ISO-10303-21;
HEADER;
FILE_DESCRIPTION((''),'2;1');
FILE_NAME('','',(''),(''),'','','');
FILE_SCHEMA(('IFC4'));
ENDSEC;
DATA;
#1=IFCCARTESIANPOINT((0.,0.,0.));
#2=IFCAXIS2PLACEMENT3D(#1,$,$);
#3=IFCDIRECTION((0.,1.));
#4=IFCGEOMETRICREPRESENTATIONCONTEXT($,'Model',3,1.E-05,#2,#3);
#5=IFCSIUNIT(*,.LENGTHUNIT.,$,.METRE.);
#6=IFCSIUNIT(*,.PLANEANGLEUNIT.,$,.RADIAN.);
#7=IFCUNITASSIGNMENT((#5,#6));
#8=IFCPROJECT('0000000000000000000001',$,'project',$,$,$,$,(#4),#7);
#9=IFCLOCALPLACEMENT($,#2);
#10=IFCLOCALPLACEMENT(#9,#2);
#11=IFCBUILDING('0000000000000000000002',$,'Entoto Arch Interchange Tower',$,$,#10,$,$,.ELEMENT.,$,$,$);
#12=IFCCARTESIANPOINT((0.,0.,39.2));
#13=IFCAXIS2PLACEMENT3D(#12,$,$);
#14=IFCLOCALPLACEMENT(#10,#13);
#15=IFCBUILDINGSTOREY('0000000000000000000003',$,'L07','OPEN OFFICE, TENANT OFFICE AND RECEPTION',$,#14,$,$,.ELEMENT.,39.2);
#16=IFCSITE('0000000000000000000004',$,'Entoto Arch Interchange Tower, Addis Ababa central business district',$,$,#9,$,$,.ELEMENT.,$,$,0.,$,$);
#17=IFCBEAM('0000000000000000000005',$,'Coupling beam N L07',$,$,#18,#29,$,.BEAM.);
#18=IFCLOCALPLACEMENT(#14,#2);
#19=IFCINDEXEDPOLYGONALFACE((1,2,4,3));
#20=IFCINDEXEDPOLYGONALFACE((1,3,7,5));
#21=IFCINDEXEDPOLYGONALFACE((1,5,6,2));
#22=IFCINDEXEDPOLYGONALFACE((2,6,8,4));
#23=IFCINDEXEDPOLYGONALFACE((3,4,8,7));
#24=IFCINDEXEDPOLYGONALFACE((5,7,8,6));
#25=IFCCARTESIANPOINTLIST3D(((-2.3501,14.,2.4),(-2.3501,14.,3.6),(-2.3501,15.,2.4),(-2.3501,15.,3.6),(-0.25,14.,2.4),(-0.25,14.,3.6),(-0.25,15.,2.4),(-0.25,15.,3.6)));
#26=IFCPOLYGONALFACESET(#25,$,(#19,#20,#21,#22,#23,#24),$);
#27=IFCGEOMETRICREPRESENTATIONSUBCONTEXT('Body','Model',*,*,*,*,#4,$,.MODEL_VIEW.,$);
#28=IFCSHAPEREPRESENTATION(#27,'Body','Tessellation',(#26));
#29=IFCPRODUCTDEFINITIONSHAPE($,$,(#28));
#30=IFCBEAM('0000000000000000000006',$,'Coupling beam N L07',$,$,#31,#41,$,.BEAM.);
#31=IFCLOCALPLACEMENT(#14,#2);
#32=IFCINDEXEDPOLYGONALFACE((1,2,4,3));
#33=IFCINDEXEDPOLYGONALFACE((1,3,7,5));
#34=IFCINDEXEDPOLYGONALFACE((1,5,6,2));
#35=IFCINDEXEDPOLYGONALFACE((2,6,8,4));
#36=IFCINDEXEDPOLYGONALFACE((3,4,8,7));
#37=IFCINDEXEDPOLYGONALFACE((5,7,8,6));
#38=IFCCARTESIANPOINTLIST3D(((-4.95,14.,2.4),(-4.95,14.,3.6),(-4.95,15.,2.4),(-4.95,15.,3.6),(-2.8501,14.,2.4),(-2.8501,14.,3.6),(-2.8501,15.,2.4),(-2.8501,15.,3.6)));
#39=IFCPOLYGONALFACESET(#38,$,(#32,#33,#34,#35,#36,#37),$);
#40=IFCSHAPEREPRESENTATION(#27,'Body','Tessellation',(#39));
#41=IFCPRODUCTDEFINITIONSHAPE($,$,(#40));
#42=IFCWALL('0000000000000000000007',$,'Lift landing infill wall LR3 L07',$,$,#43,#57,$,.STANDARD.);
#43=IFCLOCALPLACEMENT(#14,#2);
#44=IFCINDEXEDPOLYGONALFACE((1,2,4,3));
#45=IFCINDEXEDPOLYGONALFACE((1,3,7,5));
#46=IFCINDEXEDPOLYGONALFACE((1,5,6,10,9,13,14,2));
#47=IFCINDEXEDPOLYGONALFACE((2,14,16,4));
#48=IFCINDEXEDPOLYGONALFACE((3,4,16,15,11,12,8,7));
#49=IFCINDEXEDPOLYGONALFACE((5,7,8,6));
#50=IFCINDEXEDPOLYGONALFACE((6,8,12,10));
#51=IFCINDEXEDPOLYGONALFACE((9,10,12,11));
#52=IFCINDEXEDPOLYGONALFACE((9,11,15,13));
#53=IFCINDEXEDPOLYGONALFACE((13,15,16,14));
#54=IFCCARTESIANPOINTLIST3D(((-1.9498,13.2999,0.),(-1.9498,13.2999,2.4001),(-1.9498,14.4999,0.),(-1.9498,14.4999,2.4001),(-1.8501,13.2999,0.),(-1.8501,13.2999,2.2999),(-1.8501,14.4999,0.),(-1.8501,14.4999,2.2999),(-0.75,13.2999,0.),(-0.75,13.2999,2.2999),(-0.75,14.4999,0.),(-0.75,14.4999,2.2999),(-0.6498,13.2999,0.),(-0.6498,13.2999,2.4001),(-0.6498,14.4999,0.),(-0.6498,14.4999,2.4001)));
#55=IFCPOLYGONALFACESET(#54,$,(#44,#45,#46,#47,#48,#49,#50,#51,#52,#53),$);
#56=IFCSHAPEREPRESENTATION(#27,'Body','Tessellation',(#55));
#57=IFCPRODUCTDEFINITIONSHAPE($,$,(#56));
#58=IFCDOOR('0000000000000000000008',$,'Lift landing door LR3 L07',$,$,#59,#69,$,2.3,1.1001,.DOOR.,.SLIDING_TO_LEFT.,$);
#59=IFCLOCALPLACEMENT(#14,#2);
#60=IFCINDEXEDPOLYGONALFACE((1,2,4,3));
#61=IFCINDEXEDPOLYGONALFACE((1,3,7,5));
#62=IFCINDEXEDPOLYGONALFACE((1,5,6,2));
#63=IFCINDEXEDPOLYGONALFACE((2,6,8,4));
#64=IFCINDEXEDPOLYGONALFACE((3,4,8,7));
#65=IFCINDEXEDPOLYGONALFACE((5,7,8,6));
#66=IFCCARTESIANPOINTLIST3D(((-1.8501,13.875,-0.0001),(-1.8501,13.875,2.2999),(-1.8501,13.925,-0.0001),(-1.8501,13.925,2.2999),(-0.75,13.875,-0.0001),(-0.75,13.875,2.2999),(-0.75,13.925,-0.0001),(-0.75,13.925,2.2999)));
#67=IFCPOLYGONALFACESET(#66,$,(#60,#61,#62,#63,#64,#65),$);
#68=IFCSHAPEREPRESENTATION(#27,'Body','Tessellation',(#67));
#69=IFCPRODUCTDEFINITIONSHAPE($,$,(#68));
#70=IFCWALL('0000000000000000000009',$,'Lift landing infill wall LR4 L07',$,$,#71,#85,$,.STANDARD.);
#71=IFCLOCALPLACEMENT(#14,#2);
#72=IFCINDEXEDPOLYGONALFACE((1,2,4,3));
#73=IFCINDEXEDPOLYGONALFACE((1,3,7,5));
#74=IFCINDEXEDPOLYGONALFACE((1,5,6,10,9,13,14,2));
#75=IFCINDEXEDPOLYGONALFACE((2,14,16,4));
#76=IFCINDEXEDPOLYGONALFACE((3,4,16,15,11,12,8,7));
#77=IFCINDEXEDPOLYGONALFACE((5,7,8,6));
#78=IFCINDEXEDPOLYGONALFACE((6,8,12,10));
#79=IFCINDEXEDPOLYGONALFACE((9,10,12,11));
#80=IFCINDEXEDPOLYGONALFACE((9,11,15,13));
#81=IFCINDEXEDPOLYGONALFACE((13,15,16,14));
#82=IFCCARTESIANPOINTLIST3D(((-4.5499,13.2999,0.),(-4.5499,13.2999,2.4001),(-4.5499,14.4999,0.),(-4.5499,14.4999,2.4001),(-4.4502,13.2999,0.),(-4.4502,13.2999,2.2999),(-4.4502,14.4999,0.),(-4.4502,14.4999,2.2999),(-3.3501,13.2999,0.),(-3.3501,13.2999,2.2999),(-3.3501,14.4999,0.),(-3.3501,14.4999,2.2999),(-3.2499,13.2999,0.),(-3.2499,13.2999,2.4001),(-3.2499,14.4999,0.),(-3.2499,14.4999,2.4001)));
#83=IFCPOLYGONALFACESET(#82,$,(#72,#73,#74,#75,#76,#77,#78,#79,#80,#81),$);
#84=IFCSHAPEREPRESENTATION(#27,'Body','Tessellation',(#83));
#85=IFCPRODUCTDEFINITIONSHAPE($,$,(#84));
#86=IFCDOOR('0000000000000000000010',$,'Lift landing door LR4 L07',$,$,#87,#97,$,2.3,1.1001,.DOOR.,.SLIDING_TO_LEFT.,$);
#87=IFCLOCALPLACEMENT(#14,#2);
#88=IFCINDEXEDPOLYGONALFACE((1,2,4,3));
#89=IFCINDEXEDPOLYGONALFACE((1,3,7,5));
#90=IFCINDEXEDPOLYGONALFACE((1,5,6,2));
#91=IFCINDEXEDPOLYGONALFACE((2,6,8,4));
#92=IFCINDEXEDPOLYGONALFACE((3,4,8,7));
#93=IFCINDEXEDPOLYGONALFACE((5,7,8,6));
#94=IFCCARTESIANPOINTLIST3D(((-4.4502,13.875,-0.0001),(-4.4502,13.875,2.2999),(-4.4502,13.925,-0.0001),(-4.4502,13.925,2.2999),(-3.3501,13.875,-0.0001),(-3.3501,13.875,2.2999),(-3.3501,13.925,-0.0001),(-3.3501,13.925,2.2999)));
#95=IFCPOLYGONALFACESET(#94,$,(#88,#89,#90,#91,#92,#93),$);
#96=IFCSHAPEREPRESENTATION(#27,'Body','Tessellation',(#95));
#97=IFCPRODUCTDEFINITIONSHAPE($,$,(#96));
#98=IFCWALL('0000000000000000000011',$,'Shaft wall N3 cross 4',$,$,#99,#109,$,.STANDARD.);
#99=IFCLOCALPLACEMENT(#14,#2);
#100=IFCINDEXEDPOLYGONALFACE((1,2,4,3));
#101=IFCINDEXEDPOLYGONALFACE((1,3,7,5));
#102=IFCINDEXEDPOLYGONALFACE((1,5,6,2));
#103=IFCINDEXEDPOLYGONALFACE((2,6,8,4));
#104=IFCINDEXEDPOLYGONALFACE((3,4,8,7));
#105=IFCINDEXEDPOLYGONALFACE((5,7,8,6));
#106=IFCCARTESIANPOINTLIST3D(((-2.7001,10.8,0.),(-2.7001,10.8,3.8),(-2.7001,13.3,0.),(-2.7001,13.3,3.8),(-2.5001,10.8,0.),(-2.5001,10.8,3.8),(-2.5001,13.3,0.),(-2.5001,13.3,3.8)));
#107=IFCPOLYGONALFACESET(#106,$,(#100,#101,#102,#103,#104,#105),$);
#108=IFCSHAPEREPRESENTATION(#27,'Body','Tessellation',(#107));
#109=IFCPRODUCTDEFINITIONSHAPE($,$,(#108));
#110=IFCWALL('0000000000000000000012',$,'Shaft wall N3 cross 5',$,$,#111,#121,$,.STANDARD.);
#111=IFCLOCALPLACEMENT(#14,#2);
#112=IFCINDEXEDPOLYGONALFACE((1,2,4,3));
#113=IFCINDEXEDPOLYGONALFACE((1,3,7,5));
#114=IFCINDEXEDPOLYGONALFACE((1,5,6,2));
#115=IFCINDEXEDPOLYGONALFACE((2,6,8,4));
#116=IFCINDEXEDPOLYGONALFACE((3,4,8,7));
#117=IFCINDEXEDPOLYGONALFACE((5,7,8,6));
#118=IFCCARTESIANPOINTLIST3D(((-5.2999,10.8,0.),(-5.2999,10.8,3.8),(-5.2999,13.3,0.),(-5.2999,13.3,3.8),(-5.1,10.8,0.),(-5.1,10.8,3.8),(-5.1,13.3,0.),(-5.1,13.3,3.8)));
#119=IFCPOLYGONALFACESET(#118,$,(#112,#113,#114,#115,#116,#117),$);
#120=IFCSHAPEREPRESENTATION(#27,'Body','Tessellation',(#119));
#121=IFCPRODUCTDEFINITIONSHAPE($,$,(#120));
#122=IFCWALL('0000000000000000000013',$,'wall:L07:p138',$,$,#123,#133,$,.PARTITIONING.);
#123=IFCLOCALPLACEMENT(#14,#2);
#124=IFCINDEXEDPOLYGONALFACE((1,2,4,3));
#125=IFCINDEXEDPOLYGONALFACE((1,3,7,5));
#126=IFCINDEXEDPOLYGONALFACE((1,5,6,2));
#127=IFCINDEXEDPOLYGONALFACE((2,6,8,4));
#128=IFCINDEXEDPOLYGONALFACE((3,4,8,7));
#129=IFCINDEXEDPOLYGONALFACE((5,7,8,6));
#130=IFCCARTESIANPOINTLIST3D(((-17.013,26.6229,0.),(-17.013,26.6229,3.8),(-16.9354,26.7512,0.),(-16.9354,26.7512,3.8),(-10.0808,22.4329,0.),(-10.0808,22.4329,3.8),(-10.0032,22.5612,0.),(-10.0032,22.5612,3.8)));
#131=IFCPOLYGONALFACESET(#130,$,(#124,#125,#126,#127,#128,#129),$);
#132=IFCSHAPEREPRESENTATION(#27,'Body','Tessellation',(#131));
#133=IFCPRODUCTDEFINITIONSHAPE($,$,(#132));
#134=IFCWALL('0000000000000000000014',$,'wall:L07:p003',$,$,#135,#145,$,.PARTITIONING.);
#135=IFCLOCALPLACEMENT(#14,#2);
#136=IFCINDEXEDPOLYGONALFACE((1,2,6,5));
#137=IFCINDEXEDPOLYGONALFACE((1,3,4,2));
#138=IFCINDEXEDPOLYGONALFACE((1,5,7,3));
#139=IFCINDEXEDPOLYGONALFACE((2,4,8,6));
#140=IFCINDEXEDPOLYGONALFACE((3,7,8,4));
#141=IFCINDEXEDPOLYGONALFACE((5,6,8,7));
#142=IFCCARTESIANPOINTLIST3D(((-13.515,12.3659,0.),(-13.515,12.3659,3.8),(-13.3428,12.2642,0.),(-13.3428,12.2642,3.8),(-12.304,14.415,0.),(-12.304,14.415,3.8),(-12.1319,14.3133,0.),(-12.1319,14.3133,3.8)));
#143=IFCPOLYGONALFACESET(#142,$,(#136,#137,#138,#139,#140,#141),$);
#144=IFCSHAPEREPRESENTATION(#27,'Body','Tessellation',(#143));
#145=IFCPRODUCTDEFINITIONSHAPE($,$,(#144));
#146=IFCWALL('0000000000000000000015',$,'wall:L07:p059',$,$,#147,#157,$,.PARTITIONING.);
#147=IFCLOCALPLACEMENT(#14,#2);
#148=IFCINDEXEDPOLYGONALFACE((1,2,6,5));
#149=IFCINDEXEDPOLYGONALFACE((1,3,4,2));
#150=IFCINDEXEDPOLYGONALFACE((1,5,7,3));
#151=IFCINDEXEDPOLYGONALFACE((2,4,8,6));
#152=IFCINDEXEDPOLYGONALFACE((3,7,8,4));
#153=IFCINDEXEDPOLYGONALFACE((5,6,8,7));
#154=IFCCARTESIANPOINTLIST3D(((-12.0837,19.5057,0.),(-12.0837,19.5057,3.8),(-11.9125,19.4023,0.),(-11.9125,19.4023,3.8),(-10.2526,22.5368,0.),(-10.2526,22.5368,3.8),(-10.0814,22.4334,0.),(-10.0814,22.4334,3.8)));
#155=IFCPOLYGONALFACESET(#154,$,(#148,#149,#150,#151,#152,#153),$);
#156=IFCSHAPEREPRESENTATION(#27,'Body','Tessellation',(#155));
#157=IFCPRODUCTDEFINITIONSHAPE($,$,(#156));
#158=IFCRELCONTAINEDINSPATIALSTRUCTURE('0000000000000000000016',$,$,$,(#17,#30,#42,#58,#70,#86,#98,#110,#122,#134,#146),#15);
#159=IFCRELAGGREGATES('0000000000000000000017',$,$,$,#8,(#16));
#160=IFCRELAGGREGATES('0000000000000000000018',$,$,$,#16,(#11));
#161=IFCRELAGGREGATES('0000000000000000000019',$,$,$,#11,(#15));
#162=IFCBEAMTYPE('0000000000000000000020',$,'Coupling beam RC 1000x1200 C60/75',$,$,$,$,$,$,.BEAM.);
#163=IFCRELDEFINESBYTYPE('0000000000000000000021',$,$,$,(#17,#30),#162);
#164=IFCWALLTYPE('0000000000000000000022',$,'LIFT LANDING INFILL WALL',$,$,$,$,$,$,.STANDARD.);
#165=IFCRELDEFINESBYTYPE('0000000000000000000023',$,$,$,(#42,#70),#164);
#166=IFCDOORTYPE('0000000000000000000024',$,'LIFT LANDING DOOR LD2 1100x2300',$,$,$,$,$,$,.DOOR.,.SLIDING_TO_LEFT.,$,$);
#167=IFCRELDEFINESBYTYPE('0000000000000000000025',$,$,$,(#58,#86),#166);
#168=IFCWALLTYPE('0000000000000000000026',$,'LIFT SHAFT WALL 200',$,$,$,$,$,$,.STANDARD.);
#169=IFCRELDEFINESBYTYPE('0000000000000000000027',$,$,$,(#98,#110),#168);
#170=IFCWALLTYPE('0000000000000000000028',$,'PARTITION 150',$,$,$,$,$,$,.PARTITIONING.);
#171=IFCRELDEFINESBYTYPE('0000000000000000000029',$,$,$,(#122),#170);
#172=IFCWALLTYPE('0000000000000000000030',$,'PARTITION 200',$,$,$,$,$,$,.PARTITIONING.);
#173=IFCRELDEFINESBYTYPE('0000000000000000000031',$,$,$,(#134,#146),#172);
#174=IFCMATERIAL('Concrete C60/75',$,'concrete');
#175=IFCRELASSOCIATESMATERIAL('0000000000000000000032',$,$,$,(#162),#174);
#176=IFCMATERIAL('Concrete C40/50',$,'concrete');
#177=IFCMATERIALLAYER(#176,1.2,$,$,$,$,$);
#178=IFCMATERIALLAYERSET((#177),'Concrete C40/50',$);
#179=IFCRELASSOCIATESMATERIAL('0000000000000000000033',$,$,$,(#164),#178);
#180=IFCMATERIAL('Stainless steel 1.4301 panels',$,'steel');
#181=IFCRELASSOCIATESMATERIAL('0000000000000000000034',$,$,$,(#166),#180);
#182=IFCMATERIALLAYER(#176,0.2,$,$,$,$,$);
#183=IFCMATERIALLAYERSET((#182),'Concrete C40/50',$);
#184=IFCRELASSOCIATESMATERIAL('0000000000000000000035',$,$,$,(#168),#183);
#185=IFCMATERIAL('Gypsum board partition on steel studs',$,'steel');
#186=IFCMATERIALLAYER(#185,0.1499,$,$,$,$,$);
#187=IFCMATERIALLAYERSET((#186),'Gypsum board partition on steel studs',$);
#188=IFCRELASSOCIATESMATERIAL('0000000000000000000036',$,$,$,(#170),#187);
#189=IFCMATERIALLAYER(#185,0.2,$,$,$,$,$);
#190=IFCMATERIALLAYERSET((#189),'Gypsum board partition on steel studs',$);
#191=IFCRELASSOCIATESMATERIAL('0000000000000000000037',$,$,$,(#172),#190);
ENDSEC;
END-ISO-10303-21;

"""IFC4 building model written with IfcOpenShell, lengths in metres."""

from ifc_helpers import new_model, si_unit, direction, frame, frame_2d, origin, origin_2d, place, context, subcontext, project, spatial, rectangle, extrude, material, layer, layer_set, material_profile, profile_set, type_object, element, fill, save


model = new_model("IFC4")

# Units and contexts
model_context = context("Model", 3, precision=1e-05, world=origin(), true_north=direction((0.0, 1.0)))
body_context = subcontext(model_context, "Body", "Model", "MODEL_VIEW")
ifc_project = project(units=[si_unit("LENGTHUNIT", "METRE"), si_unit("PLANEANGLEUNIT", "RADIAN")], contexts=[model_context])

# Site, building, storey
site_placement = place(None, origin())
site = spatial("IfcSite", under=ifc_project, at=site_placement, Name="Entoto Arch Interchange Tower, Addis Ababa central business district", CompositionType="ELEMENT", RefElevation=0.0)
building_placement = place(site_placement, origin())
building = spatial("IfcBuilding", under=site, at=building_placement, Name="Entoto Arch Interchange Tower", CompositionType="ELEMENT")
storey_placement = place(building_placement, frame((0.0, 0.0, 39.2)))
storey = spatial("IfcBuildingStorey", under=building, at=storey_placement, Name="L07", Description="OPEN OFFICE, TENANT OFFICE AND RECEPTION", CompositionType="ELEMENT", Elevation=39.2)

# Beams
ifc_material_1 = material(Name="Concrete C60/75", Category="concrete")
ifc_material_profile = material_profile(ifc_material_1, rectangle(XDim=1.0, YDim=1.2, at=origin_2d()))
ifc_profile_set = profile_set([ifc_material_profile], Name="Concrete C60/75")
beam_type = type_object("IfcBeamType", Name="Coupling beam RC 1000x1200 C60/75", PredefinedType="BEAM", material=ifc_profile_set)
beam_1_placement = place(storey_placement, frame((-0.25, 14.5, 3.0), z_axis=(-1.0, 0.0, 0.0), x_axis=(0.0, -1.0, 0.0)))
element("IfcBeam", 1, at=beam_1_placement, inside=storey, type_object=beam_type, Name="Coupling beam N L07", PredefinedType="BEAM", context=body_context, shape_type="SweptSolid", body=[
    extrude(rectangle(XDim=1.0, YDim=1.2, at=origin_2d()), origin(), (0.0, 0.0, 1.0), 2.1001),
])
beam_2_placement = place(storey_placement, frame((-2.8501, 14.5, 3.0), z_axis=(-1.0, 0.0, 0.0), x_axis=(0.0, -1.0, 0.0)))
element("IfcBeam", 2, at=beam_2_placement, inside=storey, type_object=beam_type, Name="Coupling beam N L07", PredefinedType="BEAM", context=body_context, shape_type="SweptSolid", body=[
    extrude(rectangle(XDim=1.0, YDim=1.2, at=origin_2d()), origin(), (0.0, 0.0, 1.0), 2.0999),
])

# Walls, openings, doors
ifc_material_2 = material(Name="Concrete C40/50", Category="concrete")
ifc_layer_1 = layer(ifc_material_2, 1.2)
ifc_layer_set_1 = layer_set([ifc_layer_1], Name="Concrete C40/50")
wall_type_1 = type_object("IfcWallType", Name="LIFT LANDING INFILL WALL", PredefinedType="STANDARD", material=ifc_layer_set_1)
wall_1_placement = place(storey_placement, frame((-0.6499, 13.8999, 0.0), z_axis=(0.0, 0.0, 1.0), x_axis=(-1.0, 0.0, 0.0)))
wall_1 = element("IfcWall", 3, at=wall_1_placement, inside=storey, type_object=wall_type_1, Name="Lift landing infill wall LR3 L07", PredefinedType="STANDARD", context=body_context, shape_type="SweptSolid", body=[
    extrude(rectangle(XDim=1.3, YDim=1.2, at=frame_2d((0.6499, 0.0))), origin(), (0.0, 0.0, 1.0), 2.4001),
])
opening_1_placement = place(wall_1_placement, frame((0.1001, 0.0, 0.0)))
opening_1 = element("IfcOpeningElement", 4, at=opening_1_placement, cuts=wall_1, PredefinedType="OPENING", context=body_context, shape_type="SweptSolid", body=[
    extrude(rectangle(XDim=1.1001, YDim=2.3, at=frame_2d((0.55, 1.1499))), frame((0.0, 0.6099, 0.0), z_axis=(0.0, -1.0, 0.0), x_axis=(1.0, 0.0, 0.0)), (0.0, 0.0, 1.0), 1.22),
])
ifc_material_3 = material(Name="Stainless steel 1.4301 panels", Category="steel")
door_type_1 = type_object("IfcDoorType", Name="LIFT LANDING DOOR LD2 1100x2300", OperationType="SLIDING_TO_LEFT", PredefinedType="DOOR", material=ifc_material_3)
door_1_placement = place(opening_1_placement, origin())
door_1 = element("IfcDoor", 5, at=door_1_placement, inside=storey, type_object=door_type_1, Name="Lift landing door LR3 L07", OperationType="SLIDING_TO_LEFT", OverallHeight=2.3, OverallWidth=1.1001, PredefinedType="DOOR", context=body_context, shape_type="SweptSolid", body=[
    extrude(rectangle(XDim=1.1001, YDim=2.3, at=frame_2d((0.55, 1.1499))), frame((0.0, 0.0249, 0.0), z_axis=(0.0, -1.0, 0.0), x_axis=(1.0, 0.0, 0.0)), (0.0, 0.0, 1.0), 0.05),
])
fill(opening_1, door_1)
wall_2_placement = place(storey_placement, frame((-3.25, 13.8999, 0.0), z_axis=(0.0, 0.0, 1.0), x_axis=(-1.0, 0.0, 0.0)))
wall_2 = element("IfcWall", 6, at=wall_2_placement, inside=storey, type_object=wall_type_1, Name="Lift landing infill wall LR4 L07", PredefinedType="STANDARD", context=body_context, shape_type="SweptSolid", body=[
    extrude(rectangle(XDim=1.3, YDim=1.2, at=frame_2d((0.6499, 0.0))), origin(), (0.0, 0.0, 1.0), 2.4001),
])
opening_2_placement = place(wall_2_placement, frame((0.1001, 0.0, 0.0)))
opening_2 = element("IfcOpeningElement", 7, at=opening_2_placement, cuts=wall_2, PredefinedType="OPENING", context=body_context, shape_type="SweptSolid", body=[
    extrude(rectangle(XDim=1.1001, YDim=2.3, at=frame_2d((0.55, 1.1499))), frame((0.0, 0.6099, 0.0), z_axis=(0.0, -1.0, 0.0), x_axis=(1.0, 0.0, 0.0)), (0.0, 0.0, 1.0), 1.22),
])
door_2_placement = place(opening_2_placement, origin())
door_2 = element("IfcDoor", 8, at=door_2_placement, inside=storey, type_object=door_type_1, Name="Lift landing door LR4 L07", OperationType="SLIDING_TO_LEFT", OverallHeight=2.3, OverallWidth=1.1001, PredefinedType="DOOR", context=body_context, shape_type="SweptSolid", body=[
    extrude(rectangle(XDim=1.1001, YDim=2.3, at=frame_2d((0.55, 1.1499))), frame((0.0, 0.0249, 0.0), z_axis=(0.0, -1.0, 0.0), x_axis=(1.0, 0.0, 0.0)), (0.0, 0.0, 1.0), 0.05),
])
fill(opening_2, door_2)

# Walls
ifc_layer_2 = layer(ifc_material_2, 0.2)
ifc_layer_set_2 = layer_set([ifc_layer_2], Name="Concrete C40/50")
wall_type_2 = type_object("IfcWallType", Name="LIFT SHAFT WALL 200", PredefinedType="STANDARD", material=ifc_layer_set_2)
for number, where, z_axis, x_axis, name in (
    (9, (-2.6001, 10.8, 0.0), (0.0, 0.0, 1.0), (0.0, 1.0, 0.0), "Shaft wall N3 cross 4"),
    (10, (-5.2, 10.8, 0.0), (0.0, 0.0, 1.0), (0.0, 1.0, 0.0), "Shaft wall N3 cross 5"),
):
    element("IfcWall", number, at=place(storey_placement, frame(where, z_axis=z_axis, x_axis=x_axis)), inside=storey, type_object=wall_type_2, Name=name, PredefinedType="STANDARD", context=body_context, shape_type="SweptSolid", body=[
        extrude(rectangle(XDim=2.5, YDim=0.2, at=frame_2d((1.25, 0.0))), origin(), (0.0, 0.0, 1.0), 3.8),
    ])
ifc_material_4 = material(Name="Gypsum board partition on steel studs", Category="steel")
ifc_layer_3 = layer(ifc_material_4, 0.1499)
ifc_layer_set_3 = layer_set([ifc_layer_3], Name="Gypsum board partition on steel studs")
wall_type_3 = type_object("IfcWallType", Name="PARTITION 150", PredefinedType="PARTITIONING", material=ifc_layer_set_3)
wall_3_placement = place(storey_placement, frame((-10.042, 22.4971, 0.0), z_axis=(0.0, 0.0, 1.0), x_axis=(-0.855818, 0.517277, 0.0)))
element("IfcWall", 11, at=wall_3_placement, inside=storey, type_object=wall_type_3, Name="wall:L07:p138", PredefinedType="PARTITIONING", context=body_context, shape_type="SweptSolid", body=[
    extrude(rectangle(XDim=8.1001, YDim=0.1499, at=frame_2d((4.05, 0.0))), origin(), (0.0, 0.0, 1.0), 3.8),
])
ifc_layer_4 = layer(ifc_material_4, 0.2)
ifc_layer_set_4 = layer_set([ifc_layer_4], Name="Gypsum board partition on steel studs")
wall_type_4 = type_object("IfcWallType", Name="PARTITION 200", PredefinedType="PARTITIONING", material=ifc_layer_set_4)
wall_4_placement = place(storey_placement, frame((-12.218, 14.364, 0.0), z_axis=(0.0, 0.0, 1.0), x_axis=(-0.508767, -0.860904, 0.0)))
element("IfcWall", 12, at=wall_4_placement, inside=storey, type_object=wall_type_4, Name="wall:L07:p003", PredefinedType="PARTITIONING", context=body_context, shape_type="SweptSolid", body=[
    extrude(rectangle(XDim=2.3801, YDim=0.2, at=frame_2d((1.1899, 0.0))), origin(), (0.0, 0.0, 1.0), 3.8),
])
wall_5_placement = place(storey_placement, frame((-11.998, 19.4541, 0.0), z_axis=(0.0, 0.0, 1.0), x_axis=(0.517079, 0.855938, 0.0)))
element("IfcWall", 13, at=wall_5_placement, inside=storey, type_object=wall_type_4, Name="wall:L07:p059", PredefinedType="PARTITIONING", context=body_context, shape_type="SweptSolid", body=[
    extrude(rectangle(XDim=3.5413, YDim=0.2, at=frame_2d((1.7705, 0.0))), origin(), (0.0, 0.0, 1.0), 3.8),
])

save(model, "model.ifc")
